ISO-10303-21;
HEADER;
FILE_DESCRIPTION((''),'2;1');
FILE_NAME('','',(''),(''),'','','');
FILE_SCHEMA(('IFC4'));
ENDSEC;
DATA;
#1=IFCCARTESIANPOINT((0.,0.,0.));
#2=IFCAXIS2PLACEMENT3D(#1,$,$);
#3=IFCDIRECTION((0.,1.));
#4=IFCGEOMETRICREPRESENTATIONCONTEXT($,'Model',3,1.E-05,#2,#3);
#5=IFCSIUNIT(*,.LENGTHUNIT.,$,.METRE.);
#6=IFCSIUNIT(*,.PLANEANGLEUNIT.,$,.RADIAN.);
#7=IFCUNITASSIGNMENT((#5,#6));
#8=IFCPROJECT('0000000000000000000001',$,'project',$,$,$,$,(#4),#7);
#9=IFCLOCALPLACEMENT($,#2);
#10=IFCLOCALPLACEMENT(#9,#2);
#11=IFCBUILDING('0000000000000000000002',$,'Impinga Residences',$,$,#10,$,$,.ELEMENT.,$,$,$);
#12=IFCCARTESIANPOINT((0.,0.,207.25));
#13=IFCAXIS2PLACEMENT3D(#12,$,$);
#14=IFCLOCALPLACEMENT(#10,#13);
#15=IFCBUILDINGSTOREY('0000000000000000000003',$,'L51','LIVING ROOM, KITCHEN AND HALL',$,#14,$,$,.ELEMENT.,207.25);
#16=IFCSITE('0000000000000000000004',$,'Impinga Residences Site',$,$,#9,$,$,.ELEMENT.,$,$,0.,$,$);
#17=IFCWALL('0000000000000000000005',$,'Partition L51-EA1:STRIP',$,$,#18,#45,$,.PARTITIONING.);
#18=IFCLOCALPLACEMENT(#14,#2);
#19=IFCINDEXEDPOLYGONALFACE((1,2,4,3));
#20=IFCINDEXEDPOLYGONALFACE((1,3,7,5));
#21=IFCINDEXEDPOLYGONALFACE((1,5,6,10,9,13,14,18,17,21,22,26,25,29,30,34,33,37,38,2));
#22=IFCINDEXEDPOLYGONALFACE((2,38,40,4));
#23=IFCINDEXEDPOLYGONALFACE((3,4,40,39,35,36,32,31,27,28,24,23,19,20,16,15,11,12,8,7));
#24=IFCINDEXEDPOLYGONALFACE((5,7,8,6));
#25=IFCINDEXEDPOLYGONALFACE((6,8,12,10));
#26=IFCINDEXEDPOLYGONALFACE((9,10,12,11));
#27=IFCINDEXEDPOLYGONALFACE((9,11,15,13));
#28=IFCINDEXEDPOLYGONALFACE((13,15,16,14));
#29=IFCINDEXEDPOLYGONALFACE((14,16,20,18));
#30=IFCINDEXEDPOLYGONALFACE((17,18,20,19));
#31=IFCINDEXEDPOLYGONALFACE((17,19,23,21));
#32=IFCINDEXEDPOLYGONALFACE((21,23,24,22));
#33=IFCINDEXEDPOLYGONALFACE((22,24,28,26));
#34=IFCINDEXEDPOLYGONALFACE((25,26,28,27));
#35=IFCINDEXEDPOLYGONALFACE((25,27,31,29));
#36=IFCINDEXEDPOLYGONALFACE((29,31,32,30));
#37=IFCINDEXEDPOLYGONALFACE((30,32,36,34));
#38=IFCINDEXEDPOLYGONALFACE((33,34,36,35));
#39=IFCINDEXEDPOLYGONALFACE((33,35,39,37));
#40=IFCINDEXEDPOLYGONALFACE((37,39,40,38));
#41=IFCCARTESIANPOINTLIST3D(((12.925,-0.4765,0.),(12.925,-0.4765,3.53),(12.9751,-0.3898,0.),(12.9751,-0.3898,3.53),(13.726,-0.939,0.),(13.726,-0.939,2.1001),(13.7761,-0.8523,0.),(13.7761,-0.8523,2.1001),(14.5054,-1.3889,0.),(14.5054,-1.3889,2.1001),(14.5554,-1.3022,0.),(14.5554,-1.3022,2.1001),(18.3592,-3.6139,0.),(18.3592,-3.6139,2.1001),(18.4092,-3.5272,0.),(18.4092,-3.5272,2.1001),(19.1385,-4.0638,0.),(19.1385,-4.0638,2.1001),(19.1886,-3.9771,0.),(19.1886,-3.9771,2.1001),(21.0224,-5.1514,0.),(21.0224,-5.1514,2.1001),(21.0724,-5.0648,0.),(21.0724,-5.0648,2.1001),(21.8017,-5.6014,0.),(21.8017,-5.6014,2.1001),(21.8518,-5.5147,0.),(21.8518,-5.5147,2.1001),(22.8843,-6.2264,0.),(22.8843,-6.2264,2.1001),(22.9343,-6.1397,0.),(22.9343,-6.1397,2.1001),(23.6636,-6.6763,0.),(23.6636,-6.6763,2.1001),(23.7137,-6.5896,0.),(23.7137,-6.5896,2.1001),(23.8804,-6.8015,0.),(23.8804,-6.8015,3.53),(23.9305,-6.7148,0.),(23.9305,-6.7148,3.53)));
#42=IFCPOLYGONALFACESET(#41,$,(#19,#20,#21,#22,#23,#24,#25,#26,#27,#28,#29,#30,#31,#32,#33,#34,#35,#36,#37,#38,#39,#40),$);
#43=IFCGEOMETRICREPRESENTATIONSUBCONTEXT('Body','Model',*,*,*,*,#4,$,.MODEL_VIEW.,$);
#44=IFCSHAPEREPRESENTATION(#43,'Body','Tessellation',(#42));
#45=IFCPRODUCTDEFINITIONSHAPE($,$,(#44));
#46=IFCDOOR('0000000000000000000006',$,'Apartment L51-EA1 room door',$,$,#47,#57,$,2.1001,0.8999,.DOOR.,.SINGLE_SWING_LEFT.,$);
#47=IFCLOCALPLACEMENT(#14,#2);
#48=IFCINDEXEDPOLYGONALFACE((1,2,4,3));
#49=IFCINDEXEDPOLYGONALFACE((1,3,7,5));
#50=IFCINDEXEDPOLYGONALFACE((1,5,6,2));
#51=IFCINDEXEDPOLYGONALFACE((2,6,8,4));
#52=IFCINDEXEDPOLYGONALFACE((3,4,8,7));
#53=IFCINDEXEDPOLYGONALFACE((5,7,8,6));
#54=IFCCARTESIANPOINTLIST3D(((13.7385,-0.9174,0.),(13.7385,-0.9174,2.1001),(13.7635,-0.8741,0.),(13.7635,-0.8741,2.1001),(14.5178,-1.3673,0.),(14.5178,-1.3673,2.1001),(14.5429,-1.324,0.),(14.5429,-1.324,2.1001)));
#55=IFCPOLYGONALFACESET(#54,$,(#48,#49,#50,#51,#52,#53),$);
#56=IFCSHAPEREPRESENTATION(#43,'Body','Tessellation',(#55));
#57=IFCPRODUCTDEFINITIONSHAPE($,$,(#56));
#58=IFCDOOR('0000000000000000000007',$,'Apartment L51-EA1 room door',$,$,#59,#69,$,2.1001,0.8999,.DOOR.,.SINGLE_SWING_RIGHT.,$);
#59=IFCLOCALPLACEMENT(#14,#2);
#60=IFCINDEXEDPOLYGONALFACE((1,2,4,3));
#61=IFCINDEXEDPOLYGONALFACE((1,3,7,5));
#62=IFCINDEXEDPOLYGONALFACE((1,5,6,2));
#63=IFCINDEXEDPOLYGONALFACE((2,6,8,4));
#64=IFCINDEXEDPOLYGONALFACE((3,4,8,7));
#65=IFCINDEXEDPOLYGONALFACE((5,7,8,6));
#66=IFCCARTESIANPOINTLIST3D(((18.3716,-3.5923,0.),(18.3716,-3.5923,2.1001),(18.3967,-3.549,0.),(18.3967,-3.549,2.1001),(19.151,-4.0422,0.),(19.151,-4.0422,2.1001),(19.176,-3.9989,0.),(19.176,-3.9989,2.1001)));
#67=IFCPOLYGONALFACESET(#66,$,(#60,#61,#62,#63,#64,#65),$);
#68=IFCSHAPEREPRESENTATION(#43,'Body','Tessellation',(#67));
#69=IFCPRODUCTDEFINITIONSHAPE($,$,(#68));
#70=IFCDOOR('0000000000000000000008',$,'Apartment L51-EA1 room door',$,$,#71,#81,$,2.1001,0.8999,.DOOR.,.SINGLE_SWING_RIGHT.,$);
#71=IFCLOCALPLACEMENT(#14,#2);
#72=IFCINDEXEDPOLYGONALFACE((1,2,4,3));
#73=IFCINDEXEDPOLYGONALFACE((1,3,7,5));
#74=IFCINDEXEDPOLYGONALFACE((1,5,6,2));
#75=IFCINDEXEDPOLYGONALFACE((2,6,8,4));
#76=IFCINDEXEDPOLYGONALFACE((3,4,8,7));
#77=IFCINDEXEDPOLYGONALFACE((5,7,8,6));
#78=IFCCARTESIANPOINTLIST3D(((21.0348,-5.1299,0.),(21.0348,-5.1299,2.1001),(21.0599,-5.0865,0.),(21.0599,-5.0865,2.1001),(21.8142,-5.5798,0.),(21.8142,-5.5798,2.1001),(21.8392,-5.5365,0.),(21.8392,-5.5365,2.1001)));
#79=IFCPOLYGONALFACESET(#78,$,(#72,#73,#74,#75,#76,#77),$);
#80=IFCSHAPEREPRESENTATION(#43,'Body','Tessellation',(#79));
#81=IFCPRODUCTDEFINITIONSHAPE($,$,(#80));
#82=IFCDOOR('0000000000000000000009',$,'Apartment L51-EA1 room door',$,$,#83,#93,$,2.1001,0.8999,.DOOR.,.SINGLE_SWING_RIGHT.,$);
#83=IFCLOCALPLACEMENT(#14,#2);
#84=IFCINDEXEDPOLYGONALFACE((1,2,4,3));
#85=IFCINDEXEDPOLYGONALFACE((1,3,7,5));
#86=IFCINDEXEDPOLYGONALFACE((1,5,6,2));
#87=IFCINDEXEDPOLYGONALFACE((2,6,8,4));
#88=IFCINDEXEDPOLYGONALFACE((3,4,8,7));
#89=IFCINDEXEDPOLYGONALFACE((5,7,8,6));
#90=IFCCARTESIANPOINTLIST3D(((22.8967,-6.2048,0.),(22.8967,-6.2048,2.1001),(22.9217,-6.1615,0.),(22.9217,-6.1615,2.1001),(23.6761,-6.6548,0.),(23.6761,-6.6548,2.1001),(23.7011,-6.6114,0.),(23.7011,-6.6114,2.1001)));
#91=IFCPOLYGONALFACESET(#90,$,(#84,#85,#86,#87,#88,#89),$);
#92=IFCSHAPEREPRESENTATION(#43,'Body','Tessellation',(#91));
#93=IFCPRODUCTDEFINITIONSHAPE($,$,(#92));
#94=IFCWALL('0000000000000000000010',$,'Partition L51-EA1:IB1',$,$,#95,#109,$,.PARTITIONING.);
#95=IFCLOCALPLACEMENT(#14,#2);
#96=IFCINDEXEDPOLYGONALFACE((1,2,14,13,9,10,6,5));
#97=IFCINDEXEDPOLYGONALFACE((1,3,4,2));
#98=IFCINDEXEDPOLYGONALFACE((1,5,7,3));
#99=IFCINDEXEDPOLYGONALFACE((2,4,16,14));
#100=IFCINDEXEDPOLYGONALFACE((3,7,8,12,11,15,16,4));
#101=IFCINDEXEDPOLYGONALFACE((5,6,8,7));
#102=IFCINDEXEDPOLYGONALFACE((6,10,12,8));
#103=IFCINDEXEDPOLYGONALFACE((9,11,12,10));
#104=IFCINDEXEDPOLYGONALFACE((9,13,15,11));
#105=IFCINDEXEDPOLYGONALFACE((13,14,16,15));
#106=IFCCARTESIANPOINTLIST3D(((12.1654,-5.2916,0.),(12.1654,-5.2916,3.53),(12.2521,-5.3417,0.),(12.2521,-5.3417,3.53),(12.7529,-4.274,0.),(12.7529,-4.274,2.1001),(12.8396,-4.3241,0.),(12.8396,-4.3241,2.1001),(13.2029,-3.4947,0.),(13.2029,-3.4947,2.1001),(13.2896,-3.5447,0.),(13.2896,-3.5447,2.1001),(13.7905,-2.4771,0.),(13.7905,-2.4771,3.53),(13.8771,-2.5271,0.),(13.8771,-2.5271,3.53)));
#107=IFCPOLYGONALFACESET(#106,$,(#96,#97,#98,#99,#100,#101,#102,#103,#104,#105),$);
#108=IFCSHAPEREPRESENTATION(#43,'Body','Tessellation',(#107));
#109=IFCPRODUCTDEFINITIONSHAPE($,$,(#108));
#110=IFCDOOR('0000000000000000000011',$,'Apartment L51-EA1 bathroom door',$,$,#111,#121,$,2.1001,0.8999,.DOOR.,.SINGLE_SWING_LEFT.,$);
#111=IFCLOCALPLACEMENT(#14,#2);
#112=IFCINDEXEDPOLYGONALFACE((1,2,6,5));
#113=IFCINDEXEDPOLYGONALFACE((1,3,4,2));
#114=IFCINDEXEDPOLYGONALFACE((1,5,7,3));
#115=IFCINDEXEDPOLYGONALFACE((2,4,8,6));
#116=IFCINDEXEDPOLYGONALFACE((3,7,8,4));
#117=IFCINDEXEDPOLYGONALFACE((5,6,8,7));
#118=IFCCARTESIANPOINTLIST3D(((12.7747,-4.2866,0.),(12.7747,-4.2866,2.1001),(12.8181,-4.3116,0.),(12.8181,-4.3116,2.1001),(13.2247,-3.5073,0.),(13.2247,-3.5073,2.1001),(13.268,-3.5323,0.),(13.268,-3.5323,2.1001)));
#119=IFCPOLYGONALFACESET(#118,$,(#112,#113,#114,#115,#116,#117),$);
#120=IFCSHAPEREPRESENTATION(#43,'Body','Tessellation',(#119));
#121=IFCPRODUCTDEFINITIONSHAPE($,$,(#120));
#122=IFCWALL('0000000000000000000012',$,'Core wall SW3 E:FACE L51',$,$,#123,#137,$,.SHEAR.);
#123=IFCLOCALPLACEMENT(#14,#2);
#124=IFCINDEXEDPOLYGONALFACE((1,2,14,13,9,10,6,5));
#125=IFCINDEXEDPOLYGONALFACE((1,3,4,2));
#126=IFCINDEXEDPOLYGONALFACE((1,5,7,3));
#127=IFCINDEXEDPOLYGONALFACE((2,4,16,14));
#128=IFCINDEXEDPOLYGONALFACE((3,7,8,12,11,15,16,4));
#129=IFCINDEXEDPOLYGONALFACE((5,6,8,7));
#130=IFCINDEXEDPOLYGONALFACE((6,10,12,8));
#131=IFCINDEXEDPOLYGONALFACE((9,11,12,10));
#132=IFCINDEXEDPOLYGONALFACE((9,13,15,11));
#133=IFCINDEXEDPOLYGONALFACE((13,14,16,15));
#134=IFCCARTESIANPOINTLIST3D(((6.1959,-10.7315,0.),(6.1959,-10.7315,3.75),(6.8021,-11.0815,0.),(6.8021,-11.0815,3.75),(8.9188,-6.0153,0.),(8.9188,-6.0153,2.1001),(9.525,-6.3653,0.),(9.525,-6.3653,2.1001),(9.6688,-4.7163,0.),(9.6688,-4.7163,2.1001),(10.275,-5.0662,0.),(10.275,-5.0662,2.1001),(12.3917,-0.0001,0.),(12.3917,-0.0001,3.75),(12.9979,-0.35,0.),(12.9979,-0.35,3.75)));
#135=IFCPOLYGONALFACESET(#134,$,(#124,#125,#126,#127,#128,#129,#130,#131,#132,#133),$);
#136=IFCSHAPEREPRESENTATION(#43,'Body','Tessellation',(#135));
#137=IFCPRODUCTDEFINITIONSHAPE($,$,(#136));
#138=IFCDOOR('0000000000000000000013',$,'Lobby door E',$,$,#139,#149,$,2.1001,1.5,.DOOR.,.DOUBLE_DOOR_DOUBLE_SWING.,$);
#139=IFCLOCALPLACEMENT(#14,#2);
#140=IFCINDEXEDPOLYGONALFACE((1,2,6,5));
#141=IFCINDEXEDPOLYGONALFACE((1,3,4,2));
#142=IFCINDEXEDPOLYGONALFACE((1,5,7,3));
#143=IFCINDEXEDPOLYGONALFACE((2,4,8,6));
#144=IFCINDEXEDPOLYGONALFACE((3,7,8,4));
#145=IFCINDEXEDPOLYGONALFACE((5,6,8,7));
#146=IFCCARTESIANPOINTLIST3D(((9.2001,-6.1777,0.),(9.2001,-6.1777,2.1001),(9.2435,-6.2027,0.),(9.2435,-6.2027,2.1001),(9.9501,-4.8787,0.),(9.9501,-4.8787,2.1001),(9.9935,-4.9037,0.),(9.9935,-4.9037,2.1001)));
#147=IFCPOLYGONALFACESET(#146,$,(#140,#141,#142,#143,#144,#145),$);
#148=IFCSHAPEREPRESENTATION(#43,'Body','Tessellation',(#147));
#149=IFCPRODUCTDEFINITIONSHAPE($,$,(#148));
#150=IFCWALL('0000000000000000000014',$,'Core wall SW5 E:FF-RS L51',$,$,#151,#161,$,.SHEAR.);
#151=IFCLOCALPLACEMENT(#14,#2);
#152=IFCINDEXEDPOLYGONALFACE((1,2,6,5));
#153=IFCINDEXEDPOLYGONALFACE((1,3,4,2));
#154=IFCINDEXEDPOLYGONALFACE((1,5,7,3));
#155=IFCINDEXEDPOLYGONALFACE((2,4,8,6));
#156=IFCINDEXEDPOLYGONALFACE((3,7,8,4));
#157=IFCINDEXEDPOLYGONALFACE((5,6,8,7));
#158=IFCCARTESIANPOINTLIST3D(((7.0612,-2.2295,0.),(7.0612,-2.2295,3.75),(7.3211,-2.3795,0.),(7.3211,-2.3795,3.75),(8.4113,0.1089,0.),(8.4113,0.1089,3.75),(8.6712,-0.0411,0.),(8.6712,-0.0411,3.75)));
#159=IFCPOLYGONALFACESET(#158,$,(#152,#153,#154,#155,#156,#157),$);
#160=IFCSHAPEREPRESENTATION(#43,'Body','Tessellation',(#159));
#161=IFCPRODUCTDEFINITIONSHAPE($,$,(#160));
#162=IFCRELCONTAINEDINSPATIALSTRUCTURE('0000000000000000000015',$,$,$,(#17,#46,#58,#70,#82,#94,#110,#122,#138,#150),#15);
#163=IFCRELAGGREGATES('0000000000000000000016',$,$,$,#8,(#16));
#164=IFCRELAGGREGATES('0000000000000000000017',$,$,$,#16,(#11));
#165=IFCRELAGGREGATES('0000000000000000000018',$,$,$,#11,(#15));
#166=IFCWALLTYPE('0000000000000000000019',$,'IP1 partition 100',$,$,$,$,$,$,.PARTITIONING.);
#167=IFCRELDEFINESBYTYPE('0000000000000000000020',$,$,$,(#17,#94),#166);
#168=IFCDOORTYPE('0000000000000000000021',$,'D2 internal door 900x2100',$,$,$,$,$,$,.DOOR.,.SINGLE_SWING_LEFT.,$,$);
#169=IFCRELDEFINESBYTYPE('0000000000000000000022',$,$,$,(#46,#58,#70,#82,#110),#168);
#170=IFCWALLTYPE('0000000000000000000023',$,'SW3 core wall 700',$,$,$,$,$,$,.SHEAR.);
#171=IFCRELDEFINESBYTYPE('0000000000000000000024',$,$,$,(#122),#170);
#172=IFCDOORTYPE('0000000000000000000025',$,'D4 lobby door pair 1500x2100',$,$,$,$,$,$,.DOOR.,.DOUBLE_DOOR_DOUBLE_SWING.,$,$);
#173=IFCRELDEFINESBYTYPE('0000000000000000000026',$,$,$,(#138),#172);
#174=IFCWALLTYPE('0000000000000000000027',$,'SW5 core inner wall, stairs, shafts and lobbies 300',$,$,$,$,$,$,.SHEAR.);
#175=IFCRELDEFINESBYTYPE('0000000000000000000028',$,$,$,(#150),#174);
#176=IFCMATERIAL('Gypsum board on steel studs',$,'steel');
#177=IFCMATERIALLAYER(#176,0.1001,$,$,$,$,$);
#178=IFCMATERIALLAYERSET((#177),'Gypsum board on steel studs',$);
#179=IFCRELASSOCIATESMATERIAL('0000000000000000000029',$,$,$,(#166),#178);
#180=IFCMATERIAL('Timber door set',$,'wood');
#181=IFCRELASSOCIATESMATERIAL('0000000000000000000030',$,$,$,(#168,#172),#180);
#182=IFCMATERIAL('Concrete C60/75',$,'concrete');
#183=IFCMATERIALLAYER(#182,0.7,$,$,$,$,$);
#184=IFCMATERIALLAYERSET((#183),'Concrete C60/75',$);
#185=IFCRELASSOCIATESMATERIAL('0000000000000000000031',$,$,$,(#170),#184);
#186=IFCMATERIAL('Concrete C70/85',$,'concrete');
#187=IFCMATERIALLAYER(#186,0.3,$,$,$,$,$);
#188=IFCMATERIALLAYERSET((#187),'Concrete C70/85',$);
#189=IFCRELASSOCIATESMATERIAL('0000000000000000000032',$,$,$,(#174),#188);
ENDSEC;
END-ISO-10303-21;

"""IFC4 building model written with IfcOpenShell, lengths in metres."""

from ifc_helpers import new_model, si_unit, direction, frame, frame_2d, origin, place, context, subcontext, project, spatial, rectangle, extrude, material, layer, layer_set, type_object, element, fill, save


model = new_model("IFC4")

# Units and contexts
model_context = context("Model", 3, precision=1e-05, world=origin(), true_north=direction((0.0, 1.0)))
body_context = subcontext(model_context, "Body", "Model", "MODEL_VIEW")
ifc_project = project(units=[si_unit("LENGTHUNIT", "METRE"), si_unit("PLANEANGLEUNIT", "RADIAN")], contexts=[model_context])

# Site, building, storey
site_placement = place(None, origin())
site = spatial("IfcSite", under=ifc_project, at=site_placement, Name="Impinga Residences Site", CompositionType="ELEMENT", RefElevation=0.0)
building_placement = place(site_placement, origin())
building = spatial("IfcBuilding", under=site, at=building_placement, Name="Impinga Residences", CompositionType="ELEMENT")
storey_placement = place(building_placement, frame((0.0, 0.0, 207.25)))
storey = spatial("IfcBuildingStorey", under=building, at=storey_placement, Name="L51", Description="LIVING ROOM, KITCHEN AND HALL", CompositionType="ELEMENT", Elevation=207.25)

# Shared definitions
ifc_material_1 = material(Name="Concrete C60/75", Category="concrete")

# Shared definitions
ifc_material_2 = material(Name="Timber door set", Category="wood")

# Shared definitions
ifc_material_3 = material(Name="Gypsum board on steel studs", Category="steel")
ifc_layer_1 = layer(ifc_material_3, 0.1001)
ifc_layer_set_1 = layer_set([ifc_layer_1], Name="Gypsum board on steel studs")
wall_type_1 = type_object("IfcWallType", Name="IP1 partition 100", PredefinedType="PARTITIONING", material=ifc_layer_set_1)

# Wall, openings, doors
wall_1_placement = place(storey_placement, frame((12.95, -0.4331, 0.0), z_axis=(0.0, 0.0, 1.0), x_axis=(0.866029, -0.499994, 0.0)))
wall_1 = element("IfcWall", 1, at=wall_1_placement, inside=storey, type_object=wall_type_1, Name="Partition L51-EA1:STRIP", PredefinedType="PARTITIONING", context=body_context, shape_type="SweptSolid", body=[
    extrude(rectangle(XDim=12.6501, YDim=0.1001, at=frame_2d((6.3252, 0.0))), origin(), (0.0, 0.0, 1.0), 3.53),
])
opening_1_placement = place(wall_1_placement, frame((0.925, 0.0, 0.0)))
opening_1 = element("IfcOpeningElement", 2, at=opening_1_placement, cuts=wall_1, PredefinedType="OPENING", context=body_context, shape_type="SweptSolid", body=[
    extrude(rectangle(XDim=0.8999, YDim=2.1001, at=frame_2d((0.45, 1.05))), frame((0.0, 0.0601, 0.0), z_axis=(0.0, -1.0, 0.0), x_axis=(1.0, 0.0, 0.0)), (0.0, 0.0, 1.0), 0.1201),
])
opening_2_placement = place(wall_1_placement, frame((6.2749, 0.0, 0.0)))
opening_2 = element("IfcOpeningElement", 3, at=opening_2_placement, cuts=wall_1, PredefinedType="OPENING", context=body_context, shape_type="SweptSolid", body=[
    extrude(rectangle(XDim=0.8999, YDim=2.1001, at=frame_2d((0.45, 1.05))), frame((0.0, 0.0601, 0.0), z_axis=(0.0, -1.0, 0.0), x_axis=(1.0, 0.0, 0.0)), (0.0, 0.0, 1.0), 0.1201),
])
opening_3_placement = place(wall_1_placement, frame((9.3501, 0.0, 0.0)))
opening_3 = element("IfcOpeningElement", 4, at=opening_3_placement, cuts=wall_1, PredefinedType="OPENING", context=body_context, shape_type="SweptSolid", body=[
    extrude(rectangle(XDim=0.8999, YDim=2.1001, at=frame_2d((0.45, 1.05))), frame((0.0, 0.0601, 0.0), z_axis=(0.0, -1.0, 0.0), x_axis=(1.0, 0.0, 0.0)), (0.0, 0.0, 1.0), 0.1201),
])
opening_4_placement = place(wall_1_placement, frame((11.5, 0.0, 0.0)))
opening_4 = element("IfcOpeningElement", 5, at=opening_4_placement, cuts=wall_1, PredefinedType="OPENING", context=body_context, shape_type="SweptSolid", body=[
    extrude(rectangle(XDim=0.8999, YDim=2.1001, at=frame_2d((0.45, 1.05))), frame((0.0, 0.0601, 0.0), z_axis=(0.0, -1.0, 0.0), x_axis=(1.0, 0.0, 0.0)), (0.0, 0.0, 1.0), 0.1201),
])
door_type_1 = type_object("IfcDoorType", Name="D2 internal door 900x2100", OperationType="SINGLE_SWING_LEFT", PredefinedType="DOOR", material=ifc_material_2)
door_1_placement = place(opening_1_placement, origin())
door_1 = element("IfcDoor", 6, at=door_1_placement, inside=storey, type_object=door_type_1, Name="Apartment L51-EA1 room door", OperationType="SINGLE_SWING_LEFT", OverallHeight=2.1001, OverallWidth=0.8999, PredefinedType="DOOR", context=body_context, shape_type="SweptSolid", body=[
    extrude(rectangle(XDim=0.8999, YDim=2.1001, at=frame_2d((0.45, 1.05))), frame((0.0, 0.0249, 0.0), z_axis=(0.0, -1.0, 0.0), x_axis=(1.0, 0.0, 0.0)), (0.0, 0.0, 1.0), 0.05),
])
fill(opening_1, door_1)
door_2_placement = place(opening_2_placement, origin())
door_2 = element("IfcDoor", 7, at=door_2_placement, inside=storey, type_object=door_type_1, Name="Apartment L51-EA1 room door", OperationType="SINGLE_SWING_RIGHT", OverallHeight=2.1001, OverallWidth=0.8999, PredefinedType="DOOR", context=body_context, shape_type="SweptSolid", body=[
    extrude(rectangle(XDim=0.8999, YDim=2.1001, at=frame_2d((0.45, 1.05))), frame((0.0, 0.0249, 0.0), z_axis=(0.0, -1.0, 0.0), x_axis=(1.0, 0.0, 0.0)), (0.0, 0.0, 1.0), 0.05),
])
fill(opening_2, door_2)
door_3_placement = place(opening_3_placement, origin())
door_3 = element("IfcDoor", 8, at=door_3_placement, inside=storey, type_object=door_type_1, Name="Apartment L51-EA1 room door", OperationType="SINGLE_SWING_RIGHT", OverallHeight=2.1001, OverallWidth=0.8999, PredefinedType="DOOR", context=body_context, shape_type="SweptSolid", body=[
    extrude(rectangle(XDim=0.8999, YDim=2.1001, at=frame_2d((0.45, 1.05))), frame((0.0, 0.0249, 0.0), z_axis=(0.0, -1.0, 0.0), x_axis=(1.0, 0.0, 0.0)), (0.0, 0.0, 1.0), 0.05),
])
fill(opening_3, door_3)
door_4_placement = place(opening_4_placement, origin())
door_4 = element("IfcDoor", 9, at=door_4_placement, inside=storey, type_object=door_type_1, Name="Apartment L51-EA1 room door", OperationType="SINGLE_SWING_RIGHT", OverallHeight=2.1001, OverallWidth=0.8999, PredefinedType="DOOR", context=body_context, shape_type="SweptSolid", body=[
    extrude(rectangle(XDim=0.8999, YDim=2.1001, at=frame_2d((0.45, 1.05))), frame((0.0, 0.0249, 0.0), z_axis=(0.0, -1.0, 0.0), x_axis=(1.0, 0.0, 0.0)), (0.0, 0.0, 1.0), 0.05),
])
fill(opening_4, door_4)

# Walls, openings, doors
wall_2_placement = place(storey_placement, frame((12.2087, -5.3167, 0.0), z_axis=(0.0, 0.0, 1.0), x_axis=(0.500017, 0.866015, 0.0)))
wall_2 = element("IfcWall", 10, at=wall_2_placement, inside=storey, type_object=wall_type_1, Name="Partition L51-EA1:IB1", PredefinedType="PARTITIONING", context=body_context, shape_type="SweptSolid", body=[
    extrude(rectangle(XDim=3.25, YDim=0.1001, at=frame_2d((1.625, 0.0))), origin(), (0.0, 0.0, 1.0), 3.53),
])
opening_5_placement = place(wall_2_placement, frame((1.175, 0.0, 0.0)))
opening_5 = element("IfcOpeningElement", 11, at=opening_5_placement, cuts=wall_2, PredefinedType="OPENING", context=body_context, shape_type="SweptSolid", body=[
    extrude(rectangle(XDim=0.8999, YDim=2.1001, at=frame_2d((0.45, 1.05))), frame((0.0, 0.0601, 0.0), z_axis=(0.0, -1.0, 0.0), x_axis=(1.0, 0.0, 0.0)), (0.0, 0.0, 1.0), 0.1201),
])
door_5_placement = place(opening_5_placement, origin())
door_5 = element("IfcDoor", 12, at=door_5_placement, inside=storey, type_object=door_type_1, Name="Apartment L51-EA1 bathroom door", OperationType="SINGLE_SWING_LEFT", OverallHeight=2.1001, OverallWidth=0.8999, PredefinedType="DOOR", context=body_context, shape_type="SweptSolid", body=[
    extrude(rectangle(XDim=0.8999, YDim=2.1001, at=frame_2d((0.45, 1.05))), frame((0.0, 0.0249, 0.0), z_axis=(0.0, -1.0, 0.0), x_axis=(1.0, 0.0, 0.0)), (0.0, 0.0, 1.0), 0.05),
])
fill(opening_5, door_5)
ifc_layer_2 = layer(ifc_material_1, 0.7)
ifc_layer_set_2 = layer_set([ifc_layer_2], Name="Concrete C60/75")
wall_type_2 = type_object("IfcWallType", Name="SW3 core wall 700", PredefinedType="SHEAR", material=ifc_layer_set_2)
wall_3_placement = place(storey_placement, frame((12.6948, -0.175, 0.0), z_axis=(0.0, 0.0, 1.0), x_axis=(-0.5, -0.866025, 0.0)))
wall_3 = element("IfcWall", 13, at=wall_3_placement, inside=storey, type_object=wall_type_2, Name="Core wall SW3 E:FACE L51", PredefinedType="SHEAR", context=body_context, shape_type="SweptSolid", body=[
    extrude(rectangle(XDim=12.3916, YDim=0.7, at=frame_2d((6.1958, 0.0))), origin(), (0.0, 0.0, 1.0), 3.75),
])
opening_6_placement = place(wall_3_placement, frame((5.4458, 0.0, 0.0)))
opening_6 = element("IfcOpeningElement", 14, at=opening_6_placement, cuts=wall_3, PredefinedType="OPENING", context=body_context, shape_type="SweptSolid", body=[
    extrude(rectangle(XDim=1.5, YDim=2.1001, at=frame_2d((0.75, 1.05))), frame((0.0, 0.3599, 0.0), z_axis=(0.0, -1.0, 0.0), x_axis=(1.0, 0.0, 0.0)), (0.0, 0.0, 1.0), 0.72),
])
door_type_2 = type_object("IfcDoorType", Name="D4 lobby door pair 1500x2100", OperationType="DOUBLE_DOOR_DOUBLE_SWING", PredefinedType="DOOR", material=ifc_material_2)
door_6_placement = place(opening_6_placement, origin())
door_6 = element("IfcDoor", 15, at=door_6_placement, inside=storey, type_object=door_type_2, Name="Lobby door E", OperationType="DOUBLE_DOOR_DOUBLE_SWING", OverallHeight=2.1001, OverallWidth=1.5, PredefinedType="DOOR", context=body_context, shape_type="SweptSolid", body=[
    extrude(rectangle(XDim=1.5, YDim=2.1001, at=frame_2d((0.75, 1.05))), frame((0.0, 0.0249, 0.0), z_axis=(0.0, -1.0, 0.0), x_axis=(1.0, 0.0, 0.0)), (0.0, 0.0, 1.0), 0.05),
])
fill(opening_6, door_6)

# Wall
ifc_material_4 = material(Name="Concrete C70/85", Category="concrete")
ifc_layer_3 = layer(ifc_material_4, 0.3)
ifc_layer_set_3 = layer_set([ifc_layer_3], Name="Concrete C70/85")
wall_type_3 = type_object("IfcWallType", Name="SW5 core inner wall, stairs, shafts and lobbies 300", PredefinedType="SHEAR", material=ifc_layer_set_3)
wall_4_placement = place(storey_placement, frame((8.5413, 0.0339, 0.0), z_axis=(0.0, 0.0, 1.0), x_axis=(-0.500009, -0.86602, 0.0)))
element("IfcWall", 16, at=wall_4_placement, inside=storey, type_object=wall_type_3, Name="Core wall SW5 E:FF-RS L51", PredefinedType="SHEAR", context=body_context, shape_type="SweptSolid", body=[
    extrude(rectangle(XDim=2.7002, YDim=0.3, at=frame_2d((1.3501, 0.0))), origin(), (0.0, 0.0, 1.0), 3.75),
])

save(model, "model.ifc")
